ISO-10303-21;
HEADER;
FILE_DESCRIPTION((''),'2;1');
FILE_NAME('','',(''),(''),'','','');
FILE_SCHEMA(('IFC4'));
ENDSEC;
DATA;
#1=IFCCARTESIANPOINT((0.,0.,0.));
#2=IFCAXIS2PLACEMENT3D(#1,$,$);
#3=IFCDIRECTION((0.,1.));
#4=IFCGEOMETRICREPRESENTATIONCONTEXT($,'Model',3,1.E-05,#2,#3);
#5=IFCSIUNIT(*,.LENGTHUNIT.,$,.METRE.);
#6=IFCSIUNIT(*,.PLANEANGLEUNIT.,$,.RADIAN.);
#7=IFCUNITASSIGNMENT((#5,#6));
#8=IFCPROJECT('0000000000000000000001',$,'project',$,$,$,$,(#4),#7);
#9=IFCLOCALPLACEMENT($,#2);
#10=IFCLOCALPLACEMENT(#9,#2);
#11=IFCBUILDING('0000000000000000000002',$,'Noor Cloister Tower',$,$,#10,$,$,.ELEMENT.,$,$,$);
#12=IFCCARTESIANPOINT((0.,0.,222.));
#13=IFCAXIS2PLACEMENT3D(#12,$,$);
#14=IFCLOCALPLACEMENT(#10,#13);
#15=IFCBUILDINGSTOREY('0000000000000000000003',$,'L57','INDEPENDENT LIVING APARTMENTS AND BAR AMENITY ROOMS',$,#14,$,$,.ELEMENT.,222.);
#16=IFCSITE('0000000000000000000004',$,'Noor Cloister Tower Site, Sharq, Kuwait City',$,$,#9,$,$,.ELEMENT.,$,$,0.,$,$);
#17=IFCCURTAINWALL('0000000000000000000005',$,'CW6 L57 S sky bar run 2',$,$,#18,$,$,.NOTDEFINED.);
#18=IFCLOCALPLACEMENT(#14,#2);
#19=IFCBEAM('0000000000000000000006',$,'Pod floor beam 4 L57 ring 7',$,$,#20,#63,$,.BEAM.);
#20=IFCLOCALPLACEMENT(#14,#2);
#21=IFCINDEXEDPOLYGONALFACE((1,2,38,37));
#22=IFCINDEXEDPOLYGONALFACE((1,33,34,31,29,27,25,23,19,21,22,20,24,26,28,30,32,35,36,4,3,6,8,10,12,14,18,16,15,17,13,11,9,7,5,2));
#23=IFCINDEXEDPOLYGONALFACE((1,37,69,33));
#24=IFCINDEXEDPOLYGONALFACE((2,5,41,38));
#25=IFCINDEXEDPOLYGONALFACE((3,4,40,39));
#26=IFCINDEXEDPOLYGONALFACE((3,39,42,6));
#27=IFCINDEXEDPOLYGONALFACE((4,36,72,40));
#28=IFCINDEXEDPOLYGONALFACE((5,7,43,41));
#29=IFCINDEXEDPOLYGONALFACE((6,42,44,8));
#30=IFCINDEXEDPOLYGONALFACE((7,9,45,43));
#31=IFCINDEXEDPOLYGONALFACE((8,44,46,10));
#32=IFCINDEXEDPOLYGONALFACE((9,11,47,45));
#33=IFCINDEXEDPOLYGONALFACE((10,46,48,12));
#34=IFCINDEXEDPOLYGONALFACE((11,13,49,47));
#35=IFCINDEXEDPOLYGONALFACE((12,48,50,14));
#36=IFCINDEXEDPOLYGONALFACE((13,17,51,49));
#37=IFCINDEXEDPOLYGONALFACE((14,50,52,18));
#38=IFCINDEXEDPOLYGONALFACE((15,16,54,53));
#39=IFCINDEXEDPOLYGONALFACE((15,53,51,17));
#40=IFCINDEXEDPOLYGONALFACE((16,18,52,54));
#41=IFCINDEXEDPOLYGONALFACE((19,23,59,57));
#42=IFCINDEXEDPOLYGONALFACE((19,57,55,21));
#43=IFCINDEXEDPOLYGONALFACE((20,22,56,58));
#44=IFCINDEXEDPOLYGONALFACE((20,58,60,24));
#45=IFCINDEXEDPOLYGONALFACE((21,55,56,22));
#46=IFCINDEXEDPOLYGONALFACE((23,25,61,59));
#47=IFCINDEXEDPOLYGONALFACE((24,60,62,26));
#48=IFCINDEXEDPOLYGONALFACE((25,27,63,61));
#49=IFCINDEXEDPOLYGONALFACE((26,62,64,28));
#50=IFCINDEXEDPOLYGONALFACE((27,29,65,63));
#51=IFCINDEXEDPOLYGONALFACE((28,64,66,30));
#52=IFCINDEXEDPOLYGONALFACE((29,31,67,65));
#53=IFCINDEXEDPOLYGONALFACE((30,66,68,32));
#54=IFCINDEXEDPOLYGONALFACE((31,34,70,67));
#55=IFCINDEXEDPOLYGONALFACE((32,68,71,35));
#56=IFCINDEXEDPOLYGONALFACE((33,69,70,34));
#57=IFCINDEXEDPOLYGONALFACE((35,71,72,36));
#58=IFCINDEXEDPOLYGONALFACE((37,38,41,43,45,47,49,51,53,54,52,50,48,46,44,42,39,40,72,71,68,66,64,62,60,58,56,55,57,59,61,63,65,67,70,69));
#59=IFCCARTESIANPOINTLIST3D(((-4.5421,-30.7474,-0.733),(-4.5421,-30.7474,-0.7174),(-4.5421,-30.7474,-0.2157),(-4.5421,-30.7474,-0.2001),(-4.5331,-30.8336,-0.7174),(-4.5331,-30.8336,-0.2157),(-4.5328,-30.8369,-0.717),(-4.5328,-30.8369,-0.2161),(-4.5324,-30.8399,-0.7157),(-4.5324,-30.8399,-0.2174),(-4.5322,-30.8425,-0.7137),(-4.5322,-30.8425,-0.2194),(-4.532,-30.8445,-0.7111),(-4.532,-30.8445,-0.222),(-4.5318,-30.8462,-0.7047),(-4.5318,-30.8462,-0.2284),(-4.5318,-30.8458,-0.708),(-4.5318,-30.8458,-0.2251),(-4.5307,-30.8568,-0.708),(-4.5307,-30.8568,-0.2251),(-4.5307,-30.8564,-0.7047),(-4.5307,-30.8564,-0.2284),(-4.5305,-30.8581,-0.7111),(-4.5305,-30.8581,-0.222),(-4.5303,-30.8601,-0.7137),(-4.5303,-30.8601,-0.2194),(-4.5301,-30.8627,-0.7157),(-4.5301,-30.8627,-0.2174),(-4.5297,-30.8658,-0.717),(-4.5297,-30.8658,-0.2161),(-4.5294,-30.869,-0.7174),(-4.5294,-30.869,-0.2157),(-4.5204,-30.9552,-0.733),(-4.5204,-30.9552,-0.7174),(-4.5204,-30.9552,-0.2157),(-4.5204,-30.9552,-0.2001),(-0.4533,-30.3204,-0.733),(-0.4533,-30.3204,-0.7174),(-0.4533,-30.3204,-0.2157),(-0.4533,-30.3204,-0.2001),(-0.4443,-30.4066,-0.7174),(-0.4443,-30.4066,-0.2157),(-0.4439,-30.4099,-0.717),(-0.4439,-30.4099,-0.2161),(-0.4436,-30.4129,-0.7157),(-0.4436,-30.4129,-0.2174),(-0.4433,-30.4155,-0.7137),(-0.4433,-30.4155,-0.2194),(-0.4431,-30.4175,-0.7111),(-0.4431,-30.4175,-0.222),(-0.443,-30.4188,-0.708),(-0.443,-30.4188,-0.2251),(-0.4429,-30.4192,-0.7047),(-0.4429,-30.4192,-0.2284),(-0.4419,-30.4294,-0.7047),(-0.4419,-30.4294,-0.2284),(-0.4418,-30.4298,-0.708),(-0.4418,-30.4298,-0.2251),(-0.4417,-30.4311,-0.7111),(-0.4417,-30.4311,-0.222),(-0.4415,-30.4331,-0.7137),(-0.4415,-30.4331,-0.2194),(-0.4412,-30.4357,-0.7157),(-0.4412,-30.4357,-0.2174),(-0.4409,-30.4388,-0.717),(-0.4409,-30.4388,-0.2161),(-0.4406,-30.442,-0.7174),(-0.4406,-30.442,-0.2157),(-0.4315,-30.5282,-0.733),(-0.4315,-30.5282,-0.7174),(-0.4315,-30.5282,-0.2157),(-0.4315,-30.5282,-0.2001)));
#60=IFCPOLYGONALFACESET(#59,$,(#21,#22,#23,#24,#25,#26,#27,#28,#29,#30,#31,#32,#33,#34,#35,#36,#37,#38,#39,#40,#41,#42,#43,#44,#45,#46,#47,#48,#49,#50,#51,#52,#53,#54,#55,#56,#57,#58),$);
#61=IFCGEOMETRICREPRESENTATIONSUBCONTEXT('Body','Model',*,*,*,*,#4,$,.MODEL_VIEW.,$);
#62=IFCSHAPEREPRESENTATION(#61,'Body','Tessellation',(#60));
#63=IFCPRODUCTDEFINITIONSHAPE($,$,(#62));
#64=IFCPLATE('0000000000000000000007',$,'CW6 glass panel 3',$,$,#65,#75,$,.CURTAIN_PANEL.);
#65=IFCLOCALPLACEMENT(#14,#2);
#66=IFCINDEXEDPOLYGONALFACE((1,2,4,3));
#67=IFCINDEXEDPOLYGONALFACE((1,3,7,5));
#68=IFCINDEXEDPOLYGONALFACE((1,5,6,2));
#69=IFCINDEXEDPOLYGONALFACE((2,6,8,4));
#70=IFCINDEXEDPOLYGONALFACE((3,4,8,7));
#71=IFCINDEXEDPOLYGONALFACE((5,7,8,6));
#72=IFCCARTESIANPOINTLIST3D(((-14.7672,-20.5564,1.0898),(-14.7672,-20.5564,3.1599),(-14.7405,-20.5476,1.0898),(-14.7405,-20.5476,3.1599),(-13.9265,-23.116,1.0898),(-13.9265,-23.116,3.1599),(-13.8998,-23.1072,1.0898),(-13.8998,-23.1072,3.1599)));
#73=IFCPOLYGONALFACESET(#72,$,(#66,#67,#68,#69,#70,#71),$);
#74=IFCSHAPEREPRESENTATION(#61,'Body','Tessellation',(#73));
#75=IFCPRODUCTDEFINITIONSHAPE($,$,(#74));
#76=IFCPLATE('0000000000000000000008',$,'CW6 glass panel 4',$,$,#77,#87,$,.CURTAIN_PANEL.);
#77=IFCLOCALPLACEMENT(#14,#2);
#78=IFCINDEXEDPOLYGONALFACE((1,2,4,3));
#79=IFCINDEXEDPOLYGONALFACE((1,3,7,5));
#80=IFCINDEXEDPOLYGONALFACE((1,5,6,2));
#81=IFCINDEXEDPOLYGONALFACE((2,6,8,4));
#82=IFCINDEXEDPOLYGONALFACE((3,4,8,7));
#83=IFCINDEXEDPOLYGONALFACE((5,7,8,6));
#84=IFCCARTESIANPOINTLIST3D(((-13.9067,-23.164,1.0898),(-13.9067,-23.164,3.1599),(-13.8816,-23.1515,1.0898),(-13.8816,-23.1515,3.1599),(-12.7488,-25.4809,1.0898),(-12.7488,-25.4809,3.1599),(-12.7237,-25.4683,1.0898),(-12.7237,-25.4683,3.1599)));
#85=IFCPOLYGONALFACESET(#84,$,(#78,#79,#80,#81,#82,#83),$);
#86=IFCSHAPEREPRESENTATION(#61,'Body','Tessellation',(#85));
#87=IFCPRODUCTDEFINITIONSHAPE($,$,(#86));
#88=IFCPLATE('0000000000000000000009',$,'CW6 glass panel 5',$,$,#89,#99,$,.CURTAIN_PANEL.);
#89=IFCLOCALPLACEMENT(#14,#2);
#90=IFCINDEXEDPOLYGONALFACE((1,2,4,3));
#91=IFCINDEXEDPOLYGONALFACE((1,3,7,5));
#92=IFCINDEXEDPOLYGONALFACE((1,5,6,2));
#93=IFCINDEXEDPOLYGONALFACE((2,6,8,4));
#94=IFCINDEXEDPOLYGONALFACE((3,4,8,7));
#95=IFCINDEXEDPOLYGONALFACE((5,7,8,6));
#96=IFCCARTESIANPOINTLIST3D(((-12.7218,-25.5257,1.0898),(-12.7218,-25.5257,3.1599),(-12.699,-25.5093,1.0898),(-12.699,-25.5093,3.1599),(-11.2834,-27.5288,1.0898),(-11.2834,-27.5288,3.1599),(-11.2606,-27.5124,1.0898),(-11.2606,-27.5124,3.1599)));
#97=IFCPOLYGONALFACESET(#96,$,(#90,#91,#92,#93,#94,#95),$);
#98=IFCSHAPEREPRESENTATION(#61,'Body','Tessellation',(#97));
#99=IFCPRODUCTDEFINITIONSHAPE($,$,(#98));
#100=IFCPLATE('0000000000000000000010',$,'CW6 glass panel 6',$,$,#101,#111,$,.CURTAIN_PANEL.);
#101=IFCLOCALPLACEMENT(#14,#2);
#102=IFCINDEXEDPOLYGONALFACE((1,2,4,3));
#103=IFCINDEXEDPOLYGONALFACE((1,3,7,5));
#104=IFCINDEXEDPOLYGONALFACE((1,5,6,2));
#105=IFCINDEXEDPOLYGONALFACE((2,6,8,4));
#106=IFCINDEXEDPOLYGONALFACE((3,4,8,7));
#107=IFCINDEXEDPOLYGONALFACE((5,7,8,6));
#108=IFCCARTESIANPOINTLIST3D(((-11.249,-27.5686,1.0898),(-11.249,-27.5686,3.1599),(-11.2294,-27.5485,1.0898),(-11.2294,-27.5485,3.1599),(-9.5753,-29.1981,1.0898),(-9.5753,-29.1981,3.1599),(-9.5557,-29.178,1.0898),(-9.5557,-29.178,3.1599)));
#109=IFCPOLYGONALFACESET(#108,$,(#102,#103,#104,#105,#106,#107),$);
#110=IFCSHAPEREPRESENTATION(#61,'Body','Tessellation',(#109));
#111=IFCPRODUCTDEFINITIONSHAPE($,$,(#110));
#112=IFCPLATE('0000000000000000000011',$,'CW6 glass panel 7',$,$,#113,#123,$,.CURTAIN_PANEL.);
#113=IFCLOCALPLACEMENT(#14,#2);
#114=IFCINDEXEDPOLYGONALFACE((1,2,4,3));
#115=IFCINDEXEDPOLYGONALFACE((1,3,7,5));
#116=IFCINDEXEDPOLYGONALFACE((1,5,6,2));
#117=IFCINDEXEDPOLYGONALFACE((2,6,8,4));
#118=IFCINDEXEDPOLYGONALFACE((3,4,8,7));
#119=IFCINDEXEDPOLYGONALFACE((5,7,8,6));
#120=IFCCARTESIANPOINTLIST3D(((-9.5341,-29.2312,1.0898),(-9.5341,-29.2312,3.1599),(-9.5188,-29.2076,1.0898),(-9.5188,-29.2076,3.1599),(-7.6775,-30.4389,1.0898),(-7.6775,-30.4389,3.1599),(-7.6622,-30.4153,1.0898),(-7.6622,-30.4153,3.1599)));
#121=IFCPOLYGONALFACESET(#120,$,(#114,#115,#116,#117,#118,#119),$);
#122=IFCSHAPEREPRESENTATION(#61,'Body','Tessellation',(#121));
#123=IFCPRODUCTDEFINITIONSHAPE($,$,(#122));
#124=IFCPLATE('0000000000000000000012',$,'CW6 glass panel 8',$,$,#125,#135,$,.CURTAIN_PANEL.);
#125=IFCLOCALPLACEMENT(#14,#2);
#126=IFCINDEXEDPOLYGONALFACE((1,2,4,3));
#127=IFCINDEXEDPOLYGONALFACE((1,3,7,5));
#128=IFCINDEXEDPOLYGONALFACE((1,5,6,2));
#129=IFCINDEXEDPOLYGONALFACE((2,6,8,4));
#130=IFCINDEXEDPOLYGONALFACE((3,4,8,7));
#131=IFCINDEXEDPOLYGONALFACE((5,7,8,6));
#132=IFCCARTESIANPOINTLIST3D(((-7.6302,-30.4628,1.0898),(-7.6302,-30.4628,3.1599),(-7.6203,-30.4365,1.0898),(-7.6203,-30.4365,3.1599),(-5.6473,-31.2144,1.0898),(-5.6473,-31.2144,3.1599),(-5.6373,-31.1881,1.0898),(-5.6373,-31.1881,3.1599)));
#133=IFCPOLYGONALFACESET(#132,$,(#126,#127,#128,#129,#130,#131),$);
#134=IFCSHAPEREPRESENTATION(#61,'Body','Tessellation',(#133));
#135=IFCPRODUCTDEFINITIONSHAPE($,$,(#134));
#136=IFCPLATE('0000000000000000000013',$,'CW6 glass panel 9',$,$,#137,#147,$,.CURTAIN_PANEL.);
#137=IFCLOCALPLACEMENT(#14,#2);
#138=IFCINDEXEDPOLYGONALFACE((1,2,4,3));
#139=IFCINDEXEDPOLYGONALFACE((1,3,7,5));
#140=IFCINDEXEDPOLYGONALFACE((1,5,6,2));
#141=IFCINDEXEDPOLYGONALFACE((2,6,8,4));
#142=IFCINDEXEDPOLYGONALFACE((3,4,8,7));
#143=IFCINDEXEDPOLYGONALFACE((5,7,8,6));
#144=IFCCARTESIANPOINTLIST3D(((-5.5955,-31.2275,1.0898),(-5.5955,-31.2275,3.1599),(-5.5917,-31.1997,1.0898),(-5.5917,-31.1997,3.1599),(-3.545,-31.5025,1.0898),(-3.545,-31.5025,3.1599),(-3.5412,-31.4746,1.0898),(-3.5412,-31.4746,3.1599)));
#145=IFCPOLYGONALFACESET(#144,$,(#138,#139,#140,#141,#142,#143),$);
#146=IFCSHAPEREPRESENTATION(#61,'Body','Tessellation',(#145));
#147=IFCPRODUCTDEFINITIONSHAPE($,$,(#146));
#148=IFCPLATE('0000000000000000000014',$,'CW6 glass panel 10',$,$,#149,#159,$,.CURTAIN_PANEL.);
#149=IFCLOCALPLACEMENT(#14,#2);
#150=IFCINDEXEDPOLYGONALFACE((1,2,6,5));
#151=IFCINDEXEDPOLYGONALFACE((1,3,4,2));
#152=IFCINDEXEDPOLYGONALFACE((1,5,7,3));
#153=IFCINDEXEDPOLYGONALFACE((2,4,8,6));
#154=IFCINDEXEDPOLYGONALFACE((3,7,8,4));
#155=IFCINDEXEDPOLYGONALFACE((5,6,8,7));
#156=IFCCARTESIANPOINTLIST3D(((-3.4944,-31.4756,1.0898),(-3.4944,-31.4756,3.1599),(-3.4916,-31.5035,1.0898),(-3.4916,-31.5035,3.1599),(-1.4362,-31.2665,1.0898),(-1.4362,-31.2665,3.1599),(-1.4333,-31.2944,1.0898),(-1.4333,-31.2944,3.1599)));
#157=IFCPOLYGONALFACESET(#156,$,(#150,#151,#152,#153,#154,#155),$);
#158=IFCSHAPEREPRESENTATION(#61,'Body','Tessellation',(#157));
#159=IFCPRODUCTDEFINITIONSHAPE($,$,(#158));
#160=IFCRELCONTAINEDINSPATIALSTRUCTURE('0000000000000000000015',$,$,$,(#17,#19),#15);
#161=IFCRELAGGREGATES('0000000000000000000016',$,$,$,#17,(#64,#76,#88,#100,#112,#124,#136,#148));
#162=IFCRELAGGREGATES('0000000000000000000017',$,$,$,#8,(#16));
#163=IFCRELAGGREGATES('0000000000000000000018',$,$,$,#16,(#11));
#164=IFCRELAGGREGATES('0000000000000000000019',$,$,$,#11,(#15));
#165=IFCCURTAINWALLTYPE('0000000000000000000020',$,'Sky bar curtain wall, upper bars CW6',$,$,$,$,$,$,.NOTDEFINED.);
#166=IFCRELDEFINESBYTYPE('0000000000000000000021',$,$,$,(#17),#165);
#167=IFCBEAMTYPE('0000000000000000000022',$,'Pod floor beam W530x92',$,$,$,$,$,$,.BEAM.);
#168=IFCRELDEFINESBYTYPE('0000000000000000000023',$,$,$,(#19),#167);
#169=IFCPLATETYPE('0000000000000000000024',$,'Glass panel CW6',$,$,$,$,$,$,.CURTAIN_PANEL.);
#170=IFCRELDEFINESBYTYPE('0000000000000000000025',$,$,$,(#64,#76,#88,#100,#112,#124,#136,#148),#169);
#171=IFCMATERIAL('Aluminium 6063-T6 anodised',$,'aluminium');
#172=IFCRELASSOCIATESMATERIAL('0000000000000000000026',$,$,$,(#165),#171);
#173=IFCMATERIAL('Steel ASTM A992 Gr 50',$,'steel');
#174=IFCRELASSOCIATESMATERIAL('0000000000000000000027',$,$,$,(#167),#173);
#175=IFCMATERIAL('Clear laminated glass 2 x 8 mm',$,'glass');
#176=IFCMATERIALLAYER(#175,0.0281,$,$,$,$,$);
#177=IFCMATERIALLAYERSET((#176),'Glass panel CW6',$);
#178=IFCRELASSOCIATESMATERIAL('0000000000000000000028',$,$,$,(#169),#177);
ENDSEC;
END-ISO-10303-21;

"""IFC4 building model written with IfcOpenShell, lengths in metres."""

from ifc_helpers import new_model, si_unit, direction, frame, origin, origin_2d, place, context, subcontext, project, spatial, rectangle, i_section, extrude, material, layer, layer_set, material_profile, profile_set, type_object, element, aggregate, save


model = new_model("IFC4")

# Units and contexts
model_context = context("Model", 3, precision=1e-05, world=origin(), true_north=direction((0.0, 1.0)))
body_context = subcontext(model_context, "Body", "Model", "MODEL_VIEW")
ifc_project = project(units=[si_unit("LENGTHUNIT", "METRE"), si_unit("PLANEANGLEUNIT", "RADIAN")], contexts=[model_context])

# Site, building, storey
site_placement = place(None, origin())
site = spatial("IfcSite", under=ifc_project, at=site_placement, Name="Noor Cloister Tower Site, Sharq, Kuwait City", CompositionType="ELEMENT", RefElevation=0.0)
building_placement = place(site_placement, origin())
building = spatial("IfcBuilding", under=site, at=building_placement, Name="Noor Cloister Tower", CompositionType="ELEMENT")
storey_placement = place(building_placement, frame((0.0, 0.0, 222.0)))
storey = spatial("IfcBuildingStorey", under=building, at=storey_placement, Name="L57", Description="INDEPENDENT LIVING APARTMENTS AND BAR AMENITY ROOMS", CompositionType="ELEMENT", Elevation=222.0)

# Curtain wall
ifc_material_1 = material(Name="Aluminium 6063-T6 anodised", Category="aluminium")
curtain_wall_type = type_object("IfcCurtainWallType", Name="Sky bar curtain wall, upper bars CW6", PredefinedType="NOTDEFINED", material=ifc_material_1)
curtain_wall_placement = place(storey_placement, origin())
curtain_wall = element("IfcCurtainWall", 1, at=curtain_wall_placement, inside=storey, type_object=curtain_wall_type, Name="CW6 L57 S sky bar run 2", PredefinedType="NOTDEFINED")

# Beam
ifc_material_2 = material(Name="Steel ASTM A992 Gr 50", Category="steel")
ifc_material_profile_1 = material_profile(ifc_material_2, i_section(OverallWidth=0.209, OverallDepth=0.533, WebThickness=0.0103, FlangeThickness=0.0156, FilletRadius=0.0127, at=origin_2d()), Name="W530x92")
ifc_profile_set_1 = profile_set([ifc_material_profile_1], Name="Steel ASTM A992 Gr 50")
beam_type = type_object("IfcBeamType", Name="Pod floor beam W530x92", PredefinedType="BEAM", material=ifc_profile_set_1)
beam_1_placement = place(storey_placement, frame((-4.5312, -30.8513, -0.4666), z_axis=(0.994591, 0.103866, 0.0), x_axis=(-0.103866, 0.994591, 0.0)))
element("IfcBeam", 2, at=beam_1_placement, inside=storey, type_object=beam_type, Name="Pod floor beam 4 L57 ring 7", PredefinedType="BEAM", context=body_context, shape_type="SweptSolid", body=[
    extrude(i_section(OverallWidth=0.209, OverallDepth=0.533, WebThickness=0.0103, FlangeThickness=0.0156, FilletRadius=0.0127, at=origin_2d()), origin(), (0.0, 0.0, 1.0), 4.1111),
])

# Plates
ifc_material_3 = material(Name="Clear laminated glass 2 x 8 mm", Category="glass")
ifc_layer_1 = layer(ifc_material_3, 0.0281)
ifc_layer_set_1 = layer_set([ifc_layer_1], Name="Glass panel CW6")
plate_type = type_object("IfcPlateType", Name="Glass panel CW6", PredefinedType="CURTAIN_PANEL", material=ifc_layer_set_1)
plate_1_placement = place(storey_placement, frame((-14.3335, -21.8318, 1.0898), z_axis=(0.0, 0.0, 1.0), x_axis=(0.312038, -0.950069, 0.0)))
plate_1 = element("IfcPlate", 3, at=plate_1_placement, type_object=plate_type, Name="CW6 glass panel 3", PredefinedType="CURTAIN_PANEL", context=body_context, shape_type="SweptSolid", body=[
    extrude(rectangle(XDim=2.6941, YDim=0.0281, at=origin_2d()), origin(), (0.0, 0.0, 1.0), 2.0701),
])
plate_2_placement = place(storey_placement, frame((-13.3152, -24.3162, 1.0898), z_axis=(0.0, 0.0, 1.0), x_axis=(0.447069, -0.894499, 0.0)))
plate_2 = element("IfcPlate", 4, at=plate_2_placement, type_object=plate_type, Name="CW6 glass panel 4", PredefinedType="CURTAIN_PANEL", context=body_context, shape_type="SweptSolid", body=[
    extrude(rectangle(XDim=2.5901, YDim=0.0281, at=origin_2d()), origin(), (0.0, 0.0, 1.0), 2.0701),
])
plate_3_placement = place(storey_placement, frame((-11.9912, -26.519, 1.0898), z_axis=(0.0, 0.0, 1.0), x_axis=(0.583263, -0.812283, 0.0)))
plate_3 = element("IfcPlate", 5, at=plate_3_placement, type_object=plate_type, Name="CW6 glass panel 5", PredefinedType="CURTAIN_PANEL", context=body_context, shape_type="SweptSolid", body=[
    extrude(rectangle(XDim=2.4661, YDim=0.0281, at=origin_2d()), origin(), (0.0, 0.0, 1.0), 2.0701),
])
plate_4_placement = place(storey_placement, frame((-10.4023, -28.3733, 1.0898), z_axis=(0.0, 0.0, 1.0), x_axis=(0.716495, -0.697592, 0.0)))
plate_4 = element("IfcPlate", 6, at=plate_4_placement, type_object=plate_type, Name="CW6 glass panel 6", PredefinedType="CURTAIN_PANEL", context=body_context, shape_type="SweptSolid", body=[
    extrude(rectangle(XDim=2.3359, YDim=0.0281, at=origin_2d()), origin(), (0.0, 0.0, 1.0), 2.0701),
])
plate_5_placement = place(storey_placement, frame((-8.5981, -29.8232, 1.0898), z_axis=(0.0, 0.0, 1.0), x_axis=(0.838256, -0.545277, 0.0)))
plate_5 = element("IfcPlate", 7, at=plate_5_placement, type_object=plate_type, Name="CW6 glass panel 7", PredefinedType="CURTAIN_PANEL", context=body_context, shape_type="SweptSolid", body=[
    extrude(rectangle(XDim=2.2148, YDim=0.0281, at=origin_2d()), origin(), (0.0, 0.0, 1.0), 2.0701),
])
plate_6_placement = place(storey_placement, frame((-6.6338, -30.8254, 1.0898), z_axis=(0.0, 0.0, 1.0), x_axis=(0.935082, -0.35443, 0.0)))
plate_6 = element("IfcPlate", 8, at=plate_6_placement, type_object=plate_type, Name="CW6 glass panel 8", PredefinedType="CURTAIN_PANEL", context=body_context, shape_type="SweptSolid", body=[
    extrude(rectangle(XDim=2.1206, YDim=0.0281, at=origin_2d()), origin(), (0.0, 0.0, 1.0), 2.0701),
])
plate_7_placement = place(storey_placement, frame((-4.5684, -31.3511, 1.0898), z_axis=(0.0, 0.0, 1.0), x_axis=(0.991128, -0.132911, 0.0)))
plate_7 = element("IfcPlate", 9, at=plate_7_placement, type_object=plate_type, Name="CW6 glass panel 9", PredefinedType="CURTAIN_PANEL", context=body_context, shape_type="SweptSolid", body=[
    extrude(rectangle(XDim=2.0688, YDim=0.0281, at=origin_2d()), origin(), (0.0, 0.0, 1.0), 2.0701),
])
plate_8_placement = place(storey_placement, frame((-2.4639, -31.385, 1.0898), z_axis=(0.0, 0.0, 1.0), x_axis=(0.994881, 0.101053, 0.0)))
plate_8 = element("IfcPlate", 10, at=plate_8_placement, type_object=plate_type, Name="CW6 glass panel 10", PredefinedType="CURTAIN_PANEL", context=body_context, shape_type="SweptSolid", body=[
    extrude(rectangle(XDim=2.0688, YDim=0.0281, at=origin_2d()), origin(), (0.0, 0.0, 1.0), 2.0701),
])
aggregate(curtain_wall, [plate_1, plate_2, plate_3, plate_4, plate_5, plate_6, plate_7, plate_8])

save(model, "model.ifc")
